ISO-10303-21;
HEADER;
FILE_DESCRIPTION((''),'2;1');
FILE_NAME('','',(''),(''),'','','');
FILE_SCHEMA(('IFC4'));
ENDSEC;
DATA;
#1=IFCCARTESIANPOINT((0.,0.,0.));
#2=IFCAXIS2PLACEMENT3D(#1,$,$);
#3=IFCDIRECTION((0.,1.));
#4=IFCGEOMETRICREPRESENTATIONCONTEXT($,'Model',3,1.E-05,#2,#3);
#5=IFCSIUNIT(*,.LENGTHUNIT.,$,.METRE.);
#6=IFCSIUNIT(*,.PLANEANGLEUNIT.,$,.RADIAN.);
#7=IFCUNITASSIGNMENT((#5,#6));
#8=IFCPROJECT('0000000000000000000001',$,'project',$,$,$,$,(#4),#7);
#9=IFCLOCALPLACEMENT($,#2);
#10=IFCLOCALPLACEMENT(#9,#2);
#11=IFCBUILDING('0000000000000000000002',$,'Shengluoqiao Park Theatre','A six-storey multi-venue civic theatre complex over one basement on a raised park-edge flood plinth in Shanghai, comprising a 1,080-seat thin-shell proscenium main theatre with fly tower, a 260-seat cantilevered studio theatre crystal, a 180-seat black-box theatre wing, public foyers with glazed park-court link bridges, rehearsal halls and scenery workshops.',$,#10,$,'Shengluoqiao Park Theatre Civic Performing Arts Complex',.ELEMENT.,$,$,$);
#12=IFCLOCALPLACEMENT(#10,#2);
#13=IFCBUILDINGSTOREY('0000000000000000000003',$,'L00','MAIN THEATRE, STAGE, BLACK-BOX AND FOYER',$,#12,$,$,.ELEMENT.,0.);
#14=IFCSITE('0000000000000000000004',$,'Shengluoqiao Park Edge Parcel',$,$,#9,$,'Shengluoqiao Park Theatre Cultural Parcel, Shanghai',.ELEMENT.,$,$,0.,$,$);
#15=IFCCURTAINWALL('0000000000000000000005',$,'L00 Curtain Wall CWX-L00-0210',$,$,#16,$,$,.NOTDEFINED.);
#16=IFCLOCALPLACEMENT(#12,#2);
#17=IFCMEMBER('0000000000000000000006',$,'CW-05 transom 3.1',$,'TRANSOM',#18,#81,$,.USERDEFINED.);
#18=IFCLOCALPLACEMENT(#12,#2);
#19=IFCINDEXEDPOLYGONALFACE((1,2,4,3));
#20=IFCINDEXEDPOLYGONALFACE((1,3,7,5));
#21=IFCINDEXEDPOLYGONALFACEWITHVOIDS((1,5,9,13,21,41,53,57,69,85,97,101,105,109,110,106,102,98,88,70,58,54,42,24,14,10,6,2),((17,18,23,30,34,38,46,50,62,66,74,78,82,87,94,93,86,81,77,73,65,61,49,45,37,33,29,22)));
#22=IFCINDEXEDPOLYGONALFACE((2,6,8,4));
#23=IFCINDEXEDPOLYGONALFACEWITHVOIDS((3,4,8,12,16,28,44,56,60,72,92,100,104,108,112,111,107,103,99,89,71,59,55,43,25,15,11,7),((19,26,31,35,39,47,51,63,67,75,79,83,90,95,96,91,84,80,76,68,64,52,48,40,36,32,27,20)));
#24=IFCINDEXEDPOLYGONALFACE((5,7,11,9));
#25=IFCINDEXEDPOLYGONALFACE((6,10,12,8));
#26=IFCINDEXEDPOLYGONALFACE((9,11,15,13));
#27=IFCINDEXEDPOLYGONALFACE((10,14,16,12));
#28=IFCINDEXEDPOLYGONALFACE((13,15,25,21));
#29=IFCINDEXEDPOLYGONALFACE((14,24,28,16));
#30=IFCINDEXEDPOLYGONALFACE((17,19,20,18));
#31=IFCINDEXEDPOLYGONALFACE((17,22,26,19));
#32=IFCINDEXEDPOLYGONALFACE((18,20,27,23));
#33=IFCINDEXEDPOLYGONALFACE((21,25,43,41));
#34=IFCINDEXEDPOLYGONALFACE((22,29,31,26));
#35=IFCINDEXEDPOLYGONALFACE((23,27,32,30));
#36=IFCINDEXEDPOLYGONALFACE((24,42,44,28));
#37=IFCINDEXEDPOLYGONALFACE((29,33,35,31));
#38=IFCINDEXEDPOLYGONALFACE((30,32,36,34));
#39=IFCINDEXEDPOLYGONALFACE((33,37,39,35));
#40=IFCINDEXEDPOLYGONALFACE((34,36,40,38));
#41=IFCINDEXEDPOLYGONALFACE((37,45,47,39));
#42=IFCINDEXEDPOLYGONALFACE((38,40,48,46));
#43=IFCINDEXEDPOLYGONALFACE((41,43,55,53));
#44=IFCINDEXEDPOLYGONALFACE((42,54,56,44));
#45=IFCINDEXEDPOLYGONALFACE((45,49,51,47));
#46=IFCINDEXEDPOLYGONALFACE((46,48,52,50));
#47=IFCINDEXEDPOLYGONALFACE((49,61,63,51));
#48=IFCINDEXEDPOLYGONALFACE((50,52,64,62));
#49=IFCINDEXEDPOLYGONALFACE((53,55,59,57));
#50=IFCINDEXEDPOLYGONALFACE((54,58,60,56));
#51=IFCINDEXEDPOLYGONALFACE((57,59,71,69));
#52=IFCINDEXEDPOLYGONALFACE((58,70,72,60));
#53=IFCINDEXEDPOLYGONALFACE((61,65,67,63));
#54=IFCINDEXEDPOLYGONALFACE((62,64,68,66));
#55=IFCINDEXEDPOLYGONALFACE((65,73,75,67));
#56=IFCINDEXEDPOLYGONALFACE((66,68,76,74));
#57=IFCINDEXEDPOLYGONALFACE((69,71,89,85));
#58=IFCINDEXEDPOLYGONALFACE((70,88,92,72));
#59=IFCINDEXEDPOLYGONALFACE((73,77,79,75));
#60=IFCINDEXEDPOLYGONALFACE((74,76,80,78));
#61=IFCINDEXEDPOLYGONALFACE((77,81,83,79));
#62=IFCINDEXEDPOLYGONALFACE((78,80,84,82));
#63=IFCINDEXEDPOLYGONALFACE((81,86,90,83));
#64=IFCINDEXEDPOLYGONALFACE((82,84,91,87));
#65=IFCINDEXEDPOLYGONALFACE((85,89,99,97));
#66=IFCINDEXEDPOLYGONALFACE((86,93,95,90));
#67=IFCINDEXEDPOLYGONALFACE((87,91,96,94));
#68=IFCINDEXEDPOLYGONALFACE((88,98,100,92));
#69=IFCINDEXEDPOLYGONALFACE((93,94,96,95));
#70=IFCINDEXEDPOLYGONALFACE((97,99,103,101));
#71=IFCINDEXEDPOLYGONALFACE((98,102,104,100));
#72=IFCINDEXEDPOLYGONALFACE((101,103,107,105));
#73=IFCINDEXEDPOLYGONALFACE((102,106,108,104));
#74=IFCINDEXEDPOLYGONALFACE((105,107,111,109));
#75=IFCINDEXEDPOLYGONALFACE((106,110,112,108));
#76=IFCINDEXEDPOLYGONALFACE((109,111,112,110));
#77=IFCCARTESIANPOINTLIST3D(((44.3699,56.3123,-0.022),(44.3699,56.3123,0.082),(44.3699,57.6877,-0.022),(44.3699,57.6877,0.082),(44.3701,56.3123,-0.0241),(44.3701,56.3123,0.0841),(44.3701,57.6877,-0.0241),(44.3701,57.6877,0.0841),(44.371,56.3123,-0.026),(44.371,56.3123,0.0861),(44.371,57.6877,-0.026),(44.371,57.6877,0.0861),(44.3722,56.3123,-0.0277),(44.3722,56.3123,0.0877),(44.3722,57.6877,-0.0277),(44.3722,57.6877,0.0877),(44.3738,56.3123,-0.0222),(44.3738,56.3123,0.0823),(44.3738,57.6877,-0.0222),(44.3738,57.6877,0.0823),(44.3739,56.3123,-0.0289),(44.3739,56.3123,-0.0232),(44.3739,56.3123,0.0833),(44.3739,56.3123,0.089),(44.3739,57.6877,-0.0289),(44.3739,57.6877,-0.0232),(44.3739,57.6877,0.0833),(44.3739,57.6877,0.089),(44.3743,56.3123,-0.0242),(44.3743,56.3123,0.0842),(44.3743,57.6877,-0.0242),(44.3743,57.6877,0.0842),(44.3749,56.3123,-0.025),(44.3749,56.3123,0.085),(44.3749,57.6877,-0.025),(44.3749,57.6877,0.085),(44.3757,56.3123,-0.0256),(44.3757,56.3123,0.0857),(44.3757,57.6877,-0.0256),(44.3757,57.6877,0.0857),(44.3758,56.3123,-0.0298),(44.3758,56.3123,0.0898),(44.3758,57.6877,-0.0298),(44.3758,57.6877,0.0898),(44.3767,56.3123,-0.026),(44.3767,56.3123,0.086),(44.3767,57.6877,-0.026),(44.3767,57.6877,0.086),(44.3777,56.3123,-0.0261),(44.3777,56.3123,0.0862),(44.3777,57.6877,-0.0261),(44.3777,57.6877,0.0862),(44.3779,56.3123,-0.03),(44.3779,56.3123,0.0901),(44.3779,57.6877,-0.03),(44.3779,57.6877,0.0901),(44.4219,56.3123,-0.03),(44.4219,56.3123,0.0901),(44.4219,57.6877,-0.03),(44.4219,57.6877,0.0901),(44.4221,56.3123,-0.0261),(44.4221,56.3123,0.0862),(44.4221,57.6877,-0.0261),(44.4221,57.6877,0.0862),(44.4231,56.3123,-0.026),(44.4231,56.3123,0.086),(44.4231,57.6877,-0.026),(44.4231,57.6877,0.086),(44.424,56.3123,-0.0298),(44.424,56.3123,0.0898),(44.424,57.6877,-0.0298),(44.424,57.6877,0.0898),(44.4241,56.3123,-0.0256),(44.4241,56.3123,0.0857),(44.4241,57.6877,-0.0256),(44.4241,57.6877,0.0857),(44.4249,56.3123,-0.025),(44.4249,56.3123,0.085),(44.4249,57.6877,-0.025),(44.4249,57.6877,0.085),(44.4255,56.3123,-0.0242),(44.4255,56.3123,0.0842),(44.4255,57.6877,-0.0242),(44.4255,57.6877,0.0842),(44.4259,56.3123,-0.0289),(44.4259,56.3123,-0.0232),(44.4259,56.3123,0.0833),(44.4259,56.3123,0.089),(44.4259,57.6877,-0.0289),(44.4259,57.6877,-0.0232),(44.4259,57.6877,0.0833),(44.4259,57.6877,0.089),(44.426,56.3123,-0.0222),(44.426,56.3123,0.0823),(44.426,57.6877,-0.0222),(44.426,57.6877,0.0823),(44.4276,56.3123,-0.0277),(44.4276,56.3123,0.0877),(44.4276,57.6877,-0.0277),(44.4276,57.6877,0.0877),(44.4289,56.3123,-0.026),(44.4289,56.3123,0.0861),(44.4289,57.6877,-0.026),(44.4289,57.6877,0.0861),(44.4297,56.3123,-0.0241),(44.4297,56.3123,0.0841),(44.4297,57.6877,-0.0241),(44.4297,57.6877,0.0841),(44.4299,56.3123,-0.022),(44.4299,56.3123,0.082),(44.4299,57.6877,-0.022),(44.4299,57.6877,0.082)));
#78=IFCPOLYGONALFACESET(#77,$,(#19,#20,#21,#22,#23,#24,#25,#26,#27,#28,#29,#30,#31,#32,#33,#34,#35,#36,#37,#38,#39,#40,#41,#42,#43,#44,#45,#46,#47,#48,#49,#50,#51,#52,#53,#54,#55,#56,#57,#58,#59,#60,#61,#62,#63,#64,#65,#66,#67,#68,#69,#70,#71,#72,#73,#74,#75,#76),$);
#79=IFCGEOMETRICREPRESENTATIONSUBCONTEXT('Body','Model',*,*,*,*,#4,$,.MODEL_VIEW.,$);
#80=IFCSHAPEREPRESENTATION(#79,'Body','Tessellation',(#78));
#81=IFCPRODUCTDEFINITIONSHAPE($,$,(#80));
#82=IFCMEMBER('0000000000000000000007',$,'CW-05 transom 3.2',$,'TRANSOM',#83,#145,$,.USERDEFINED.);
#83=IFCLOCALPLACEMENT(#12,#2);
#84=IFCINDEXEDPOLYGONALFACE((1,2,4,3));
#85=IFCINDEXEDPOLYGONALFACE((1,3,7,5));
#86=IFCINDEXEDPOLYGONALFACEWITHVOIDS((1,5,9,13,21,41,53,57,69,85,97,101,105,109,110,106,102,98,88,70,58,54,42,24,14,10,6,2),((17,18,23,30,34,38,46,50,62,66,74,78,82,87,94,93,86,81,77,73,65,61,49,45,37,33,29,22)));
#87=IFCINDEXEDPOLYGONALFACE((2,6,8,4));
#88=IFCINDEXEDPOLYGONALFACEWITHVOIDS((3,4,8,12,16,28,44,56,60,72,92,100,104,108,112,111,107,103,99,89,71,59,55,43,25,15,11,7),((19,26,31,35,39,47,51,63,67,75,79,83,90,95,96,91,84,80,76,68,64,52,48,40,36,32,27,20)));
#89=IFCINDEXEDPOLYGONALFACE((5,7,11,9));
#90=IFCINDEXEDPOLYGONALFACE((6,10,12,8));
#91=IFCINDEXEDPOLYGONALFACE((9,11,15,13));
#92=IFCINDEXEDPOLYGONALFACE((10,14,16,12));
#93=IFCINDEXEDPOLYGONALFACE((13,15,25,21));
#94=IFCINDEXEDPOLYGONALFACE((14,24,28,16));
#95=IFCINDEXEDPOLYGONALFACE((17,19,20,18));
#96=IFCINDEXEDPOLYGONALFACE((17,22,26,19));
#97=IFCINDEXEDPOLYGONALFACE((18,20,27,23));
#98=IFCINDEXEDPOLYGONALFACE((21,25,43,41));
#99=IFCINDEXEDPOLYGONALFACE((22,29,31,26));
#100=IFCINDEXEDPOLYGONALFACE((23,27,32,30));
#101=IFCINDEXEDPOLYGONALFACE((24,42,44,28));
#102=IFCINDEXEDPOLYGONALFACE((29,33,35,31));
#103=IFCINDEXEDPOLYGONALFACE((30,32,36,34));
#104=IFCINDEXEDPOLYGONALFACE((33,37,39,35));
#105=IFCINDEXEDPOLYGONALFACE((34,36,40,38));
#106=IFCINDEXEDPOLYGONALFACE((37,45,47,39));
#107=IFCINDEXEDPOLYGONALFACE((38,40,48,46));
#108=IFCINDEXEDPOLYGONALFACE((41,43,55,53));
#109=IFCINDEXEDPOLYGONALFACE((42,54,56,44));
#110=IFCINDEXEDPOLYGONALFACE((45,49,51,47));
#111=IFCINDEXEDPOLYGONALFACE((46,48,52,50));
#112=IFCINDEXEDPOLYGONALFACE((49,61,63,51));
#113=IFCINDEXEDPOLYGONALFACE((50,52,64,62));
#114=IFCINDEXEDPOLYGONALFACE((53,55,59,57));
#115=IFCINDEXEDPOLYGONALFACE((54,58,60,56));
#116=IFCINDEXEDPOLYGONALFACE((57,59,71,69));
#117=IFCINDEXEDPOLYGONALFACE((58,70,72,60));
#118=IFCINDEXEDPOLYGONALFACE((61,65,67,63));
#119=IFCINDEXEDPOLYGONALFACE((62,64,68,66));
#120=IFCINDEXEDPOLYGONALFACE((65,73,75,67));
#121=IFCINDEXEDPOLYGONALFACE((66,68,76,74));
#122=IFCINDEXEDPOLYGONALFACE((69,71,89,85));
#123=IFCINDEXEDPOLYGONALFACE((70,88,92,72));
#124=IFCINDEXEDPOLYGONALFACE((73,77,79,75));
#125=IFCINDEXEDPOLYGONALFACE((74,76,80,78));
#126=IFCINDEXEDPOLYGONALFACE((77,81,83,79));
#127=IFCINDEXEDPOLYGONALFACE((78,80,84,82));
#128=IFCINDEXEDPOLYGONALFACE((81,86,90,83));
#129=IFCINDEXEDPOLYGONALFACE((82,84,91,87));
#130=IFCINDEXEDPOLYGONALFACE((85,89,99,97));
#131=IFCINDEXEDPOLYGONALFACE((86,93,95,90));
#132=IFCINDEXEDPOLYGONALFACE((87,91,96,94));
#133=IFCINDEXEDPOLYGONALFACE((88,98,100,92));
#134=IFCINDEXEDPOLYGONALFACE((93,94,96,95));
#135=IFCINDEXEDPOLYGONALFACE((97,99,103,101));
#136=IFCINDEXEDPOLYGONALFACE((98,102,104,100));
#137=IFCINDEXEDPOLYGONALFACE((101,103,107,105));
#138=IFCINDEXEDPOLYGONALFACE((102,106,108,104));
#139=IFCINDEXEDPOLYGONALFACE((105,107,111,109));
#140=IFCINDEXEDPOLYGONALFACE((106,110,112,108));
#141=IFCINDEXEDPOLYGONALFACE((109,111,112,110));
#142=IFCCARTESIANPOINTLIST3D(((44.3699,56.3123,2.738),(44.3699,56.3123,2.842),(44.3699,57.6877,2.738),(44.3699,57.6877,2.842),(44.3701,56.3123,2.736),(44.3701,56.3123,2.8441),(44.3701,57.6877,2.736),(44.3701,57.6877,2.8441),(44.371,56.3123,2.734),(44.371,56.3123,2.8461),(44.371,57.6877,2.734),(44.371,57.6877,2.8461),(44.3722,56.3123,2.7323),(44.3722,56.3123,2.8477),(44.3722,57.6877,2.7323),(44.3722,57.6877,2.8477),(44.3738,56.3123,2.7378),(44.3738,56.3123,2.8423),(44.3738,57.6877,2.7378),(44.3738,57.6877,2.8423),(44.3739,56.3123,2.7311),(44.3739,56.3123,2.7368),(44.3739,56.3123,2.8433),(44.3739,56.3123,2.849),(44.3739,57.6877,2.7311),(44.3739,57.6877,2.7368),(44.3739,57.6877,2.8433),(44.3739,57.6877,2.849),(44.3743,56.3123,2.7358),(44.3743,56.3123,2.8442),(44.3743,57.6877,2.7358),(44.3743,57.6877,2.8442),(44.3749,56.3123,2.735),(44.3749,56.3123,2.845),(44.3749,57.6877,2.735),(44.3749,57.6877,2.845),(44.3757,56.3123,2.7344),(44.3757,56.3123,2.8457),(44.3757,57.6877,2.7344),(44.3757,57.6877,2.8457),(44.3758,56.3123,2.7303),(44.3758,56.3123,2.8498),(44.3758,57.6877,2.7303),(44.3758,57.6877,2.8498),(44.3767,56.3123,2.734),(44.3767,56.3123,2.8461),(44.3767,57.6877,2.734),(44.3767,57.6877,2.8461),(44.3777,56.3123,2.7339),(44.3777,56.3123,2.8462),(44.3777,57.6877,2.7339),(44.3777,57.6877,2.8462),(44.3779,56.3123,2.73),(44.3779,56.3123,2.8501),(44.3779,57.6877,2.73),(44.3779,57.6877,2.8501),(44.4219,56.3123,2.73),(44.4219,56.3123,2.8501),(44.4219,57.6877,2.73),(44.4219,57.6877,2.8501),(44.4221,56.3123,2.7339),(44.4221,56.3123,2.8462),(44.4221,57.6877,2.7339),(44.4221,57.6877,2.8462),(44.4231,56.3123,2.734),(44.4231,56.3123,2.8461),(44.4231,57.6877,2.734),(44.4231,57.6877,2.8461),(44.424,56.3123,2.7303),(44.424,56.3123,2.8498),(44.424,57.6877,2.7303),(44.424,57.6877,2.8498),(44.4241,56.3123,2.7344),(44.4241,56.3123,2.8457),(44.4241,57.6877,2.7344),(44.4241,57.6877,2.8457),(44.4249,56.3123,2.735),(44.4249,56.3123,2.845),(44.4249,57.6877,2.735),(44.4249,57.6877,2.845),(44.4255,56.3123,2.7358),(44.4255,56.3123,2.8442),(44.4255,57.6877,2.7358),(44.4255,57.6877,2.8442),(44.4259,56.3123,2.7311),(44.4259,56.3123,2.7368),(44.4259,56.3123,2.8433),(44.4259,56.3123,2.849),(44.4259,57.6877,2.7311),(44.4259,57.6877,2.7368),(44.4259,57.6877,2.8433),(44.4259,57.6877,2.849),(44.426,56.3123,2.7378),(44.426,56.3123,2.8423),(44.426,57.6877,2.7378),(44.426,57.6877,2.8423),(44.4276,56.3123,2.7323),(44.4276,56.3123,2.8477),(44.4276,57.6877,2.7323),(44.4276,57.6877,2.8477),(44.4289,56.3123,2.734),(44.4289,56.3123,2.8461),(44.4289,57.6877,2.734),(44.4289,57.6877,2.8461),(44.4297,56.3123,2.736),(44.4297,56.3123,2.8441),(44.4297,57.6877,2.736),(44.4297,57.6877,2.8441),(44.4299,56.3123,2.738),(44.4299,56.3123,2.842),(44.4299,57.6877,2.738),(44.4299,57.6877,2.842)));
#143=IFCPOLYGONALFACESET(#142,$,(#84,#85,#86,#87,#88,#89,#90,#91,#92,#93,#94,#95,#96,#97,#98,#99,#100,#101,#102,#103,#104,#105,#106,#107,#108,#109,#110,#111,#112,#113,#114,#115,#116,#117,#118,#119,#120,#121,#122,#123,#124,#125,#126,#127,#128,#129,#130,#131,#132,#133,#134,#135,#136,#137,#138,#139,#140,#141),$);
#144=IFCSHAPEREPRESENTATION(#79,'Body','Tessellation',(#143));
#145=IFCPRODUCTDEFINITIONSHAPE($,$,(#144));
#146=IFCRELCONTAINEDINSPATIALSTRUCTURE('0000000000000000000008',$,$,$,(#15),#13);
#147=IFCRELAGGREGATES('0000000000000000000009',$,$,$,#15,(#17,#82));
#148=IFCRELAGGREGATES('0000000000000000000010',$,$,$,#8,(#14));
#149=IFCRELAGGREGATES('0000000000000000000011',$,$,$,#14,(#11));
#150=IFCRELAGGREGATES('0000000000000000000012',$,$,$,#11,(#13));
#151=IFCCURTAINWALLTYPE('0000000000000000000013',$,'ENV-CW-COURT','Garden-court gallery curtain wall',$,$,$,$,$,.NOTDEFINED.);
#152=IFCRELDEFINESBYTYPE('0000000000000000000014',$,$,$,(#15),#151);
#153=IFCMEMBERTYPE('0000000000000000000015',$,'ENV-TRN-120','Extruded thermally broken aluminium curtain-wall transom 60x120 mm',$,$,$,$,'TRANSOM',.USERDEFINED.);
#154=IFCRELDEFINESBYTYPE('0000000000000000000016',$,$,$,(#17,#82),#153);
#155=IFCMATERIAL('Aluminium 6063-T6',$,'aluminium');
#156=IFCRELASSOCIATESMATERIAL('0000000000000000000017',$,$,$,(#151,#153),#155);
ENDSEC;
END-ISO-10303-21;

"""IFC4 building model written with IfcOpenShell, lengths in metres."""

from ifc_helpers import new_model, si_unit, direction, frame, origin, origin_2d, place, context, subcontext, project, spatial, hollow_rectangle, extrude, material, material_profile, profile_set, type_object, element, aggregate, save


model = new_model("IFC4")

# Units and contexts
model_context = context("Model", 3, precision=1e-05, world=origin(), true_north=direction((0.0, 1.0)))
body_context = subcontext(model_context, "Body", "Model", "MODEL_VIEW")
ifc_project = project(units=[si_unit("LENGTHUNIT", "METRE"), si_unit("PLANEANGLEUNIT", "RADIAN")], contexts=[model_context])

# Site, building, storey
site_placement = place(None, origin())
site = spatial("IfcSite", under=ifc_project, at=site_placement, Name="Shengluoqiao Park Edge Parcel", LongName="Shengluoqiao Park Theatre Cultural Parcel, Shanghai", CompositionType="ELEMENT", RefElevation=0.0)
building_placement = place(site_placement, origin())
building = spatial("IfcBuilding", under=site, at=building_placement, Name="Shengluoqiao Park Theatre", Description="A six-storey multi-venue civic theatre complex over one basement on a raised park-edge flood plinth in Shanghai, comprising a 1,080-seat thin-shell proscenium main theatre with fly tower, a 260-seat cantilevered studio theatre crystal, a 180-seat black-box theatre wing, public foyers with glazed park-court link bridges, rehearsal halls and scenery workshops.", LongName="Shengluoqiao Park Theatre Civic Performing Arts Complex", CompositionType="ELEMENT")
storey_placement = place(building_placement, origin())
storey = spatial("IfcBuildingStorey", under=building, at=storey_placement, Name="L00", Description="MAIN THEATRE, STAGE, BLACK-BOX AND FOYER", CompositionType="ELEMENT", Elevation=0.0)

# Curtain wall, members
ifc_material_1 = material(Name="Aluminium 6063-T6", Category="aluminium")
curtain_wall_type = type_object("IfcCurtainWallType", Name="ENV-CW-COURT", Description="Garden-court gallery curtain wall", PredefinedType="NOTDEFINED", material=ifc_material_1)
curtain_wall_placement = place(storey_placement, origin())
curtain_wall = element("IfcCurtainWall", 1, at=curtain_wall_placement, inside=storey, type_object=curtain_wall_type, Name="L00 Curtain Wall CWX-L00-0210", PredefinedType="NOTDEFINED")
ifc_material_profile_1 = material_profile(ifc_material_1, hollow_rectangle(XDim=0.0601, YDim=0.1201, WallThickness=0.0039, InnerFilletRadius=0.0039, OuterFilletRadius=0.0081, at=origin_2d()), Name="ALU TRANSOM 120x60x4")
ifc_profile_set_1 = profile_set([ifc_material_profile_1], Name="Aluminium 6063-T6")
member_type_1 = type_object("IfcMemberType", Name="ENV-TRN-120", Description="Extruded thermally broken aluminium curtain-wall transom 60x120 mm", ElementType="TRANSOM", PredefinedType="USERDEFINED", material=ifc_profile_set_1)
member_1_placement = place(storey_placement, frame((44.3999, 56.3123, 0.03), z_axis=(0.0, 1.0, 0.0), x_axis=(-1.0, 0.0, 0.0)))
member_1 = element("IfcMember", 2, at=member_1_placement, type_object=member_type_1, Name="CW-05 transom 3.1", ObjectType="TRANSOM", PredefinedType="USERDEFINED", context=body_context, shape_type="SweptSolid", body=[
    extrude(hollow_rectangle(XDim=0.0601, YDim=0.1201, WallThickness=0.0039, InnerFilletRadius=0.0039, OuterFilletRadius=0.0081, at=origin_2d()), origin(), (0.0, 0.0, 1.0), 1.3755),
])
member_2_placement = place(storey_placement, frame((44.3999, 56.3123, 2.79), z_axis=(0.0, 1.0, 0.0), x_axis=(-1.0, 0.0, 0.0)))
member_2 = element("IfcMember", 3, at=member_2_placement, type_object=member_type_1, Name="CW-05 transom 3.2", ObjectType="TRANSOM", PredefinedType="USERDEFINED", context=body_context, shape_type="SweptSolid", body=[
    extrude(hollow_rectangle(XDim=0.0601, YDim=0.1201, WallThickness=0.0039, InnerFilletRadius=0.0039, OuterFilletRadius=0.0081, at=origin_2d()), origin(), (0.0, 0.0, 1.0), 1.3755),
])
aggregate(curtain_wall, [member_1, member_2])

save(model, "model.ifc")
